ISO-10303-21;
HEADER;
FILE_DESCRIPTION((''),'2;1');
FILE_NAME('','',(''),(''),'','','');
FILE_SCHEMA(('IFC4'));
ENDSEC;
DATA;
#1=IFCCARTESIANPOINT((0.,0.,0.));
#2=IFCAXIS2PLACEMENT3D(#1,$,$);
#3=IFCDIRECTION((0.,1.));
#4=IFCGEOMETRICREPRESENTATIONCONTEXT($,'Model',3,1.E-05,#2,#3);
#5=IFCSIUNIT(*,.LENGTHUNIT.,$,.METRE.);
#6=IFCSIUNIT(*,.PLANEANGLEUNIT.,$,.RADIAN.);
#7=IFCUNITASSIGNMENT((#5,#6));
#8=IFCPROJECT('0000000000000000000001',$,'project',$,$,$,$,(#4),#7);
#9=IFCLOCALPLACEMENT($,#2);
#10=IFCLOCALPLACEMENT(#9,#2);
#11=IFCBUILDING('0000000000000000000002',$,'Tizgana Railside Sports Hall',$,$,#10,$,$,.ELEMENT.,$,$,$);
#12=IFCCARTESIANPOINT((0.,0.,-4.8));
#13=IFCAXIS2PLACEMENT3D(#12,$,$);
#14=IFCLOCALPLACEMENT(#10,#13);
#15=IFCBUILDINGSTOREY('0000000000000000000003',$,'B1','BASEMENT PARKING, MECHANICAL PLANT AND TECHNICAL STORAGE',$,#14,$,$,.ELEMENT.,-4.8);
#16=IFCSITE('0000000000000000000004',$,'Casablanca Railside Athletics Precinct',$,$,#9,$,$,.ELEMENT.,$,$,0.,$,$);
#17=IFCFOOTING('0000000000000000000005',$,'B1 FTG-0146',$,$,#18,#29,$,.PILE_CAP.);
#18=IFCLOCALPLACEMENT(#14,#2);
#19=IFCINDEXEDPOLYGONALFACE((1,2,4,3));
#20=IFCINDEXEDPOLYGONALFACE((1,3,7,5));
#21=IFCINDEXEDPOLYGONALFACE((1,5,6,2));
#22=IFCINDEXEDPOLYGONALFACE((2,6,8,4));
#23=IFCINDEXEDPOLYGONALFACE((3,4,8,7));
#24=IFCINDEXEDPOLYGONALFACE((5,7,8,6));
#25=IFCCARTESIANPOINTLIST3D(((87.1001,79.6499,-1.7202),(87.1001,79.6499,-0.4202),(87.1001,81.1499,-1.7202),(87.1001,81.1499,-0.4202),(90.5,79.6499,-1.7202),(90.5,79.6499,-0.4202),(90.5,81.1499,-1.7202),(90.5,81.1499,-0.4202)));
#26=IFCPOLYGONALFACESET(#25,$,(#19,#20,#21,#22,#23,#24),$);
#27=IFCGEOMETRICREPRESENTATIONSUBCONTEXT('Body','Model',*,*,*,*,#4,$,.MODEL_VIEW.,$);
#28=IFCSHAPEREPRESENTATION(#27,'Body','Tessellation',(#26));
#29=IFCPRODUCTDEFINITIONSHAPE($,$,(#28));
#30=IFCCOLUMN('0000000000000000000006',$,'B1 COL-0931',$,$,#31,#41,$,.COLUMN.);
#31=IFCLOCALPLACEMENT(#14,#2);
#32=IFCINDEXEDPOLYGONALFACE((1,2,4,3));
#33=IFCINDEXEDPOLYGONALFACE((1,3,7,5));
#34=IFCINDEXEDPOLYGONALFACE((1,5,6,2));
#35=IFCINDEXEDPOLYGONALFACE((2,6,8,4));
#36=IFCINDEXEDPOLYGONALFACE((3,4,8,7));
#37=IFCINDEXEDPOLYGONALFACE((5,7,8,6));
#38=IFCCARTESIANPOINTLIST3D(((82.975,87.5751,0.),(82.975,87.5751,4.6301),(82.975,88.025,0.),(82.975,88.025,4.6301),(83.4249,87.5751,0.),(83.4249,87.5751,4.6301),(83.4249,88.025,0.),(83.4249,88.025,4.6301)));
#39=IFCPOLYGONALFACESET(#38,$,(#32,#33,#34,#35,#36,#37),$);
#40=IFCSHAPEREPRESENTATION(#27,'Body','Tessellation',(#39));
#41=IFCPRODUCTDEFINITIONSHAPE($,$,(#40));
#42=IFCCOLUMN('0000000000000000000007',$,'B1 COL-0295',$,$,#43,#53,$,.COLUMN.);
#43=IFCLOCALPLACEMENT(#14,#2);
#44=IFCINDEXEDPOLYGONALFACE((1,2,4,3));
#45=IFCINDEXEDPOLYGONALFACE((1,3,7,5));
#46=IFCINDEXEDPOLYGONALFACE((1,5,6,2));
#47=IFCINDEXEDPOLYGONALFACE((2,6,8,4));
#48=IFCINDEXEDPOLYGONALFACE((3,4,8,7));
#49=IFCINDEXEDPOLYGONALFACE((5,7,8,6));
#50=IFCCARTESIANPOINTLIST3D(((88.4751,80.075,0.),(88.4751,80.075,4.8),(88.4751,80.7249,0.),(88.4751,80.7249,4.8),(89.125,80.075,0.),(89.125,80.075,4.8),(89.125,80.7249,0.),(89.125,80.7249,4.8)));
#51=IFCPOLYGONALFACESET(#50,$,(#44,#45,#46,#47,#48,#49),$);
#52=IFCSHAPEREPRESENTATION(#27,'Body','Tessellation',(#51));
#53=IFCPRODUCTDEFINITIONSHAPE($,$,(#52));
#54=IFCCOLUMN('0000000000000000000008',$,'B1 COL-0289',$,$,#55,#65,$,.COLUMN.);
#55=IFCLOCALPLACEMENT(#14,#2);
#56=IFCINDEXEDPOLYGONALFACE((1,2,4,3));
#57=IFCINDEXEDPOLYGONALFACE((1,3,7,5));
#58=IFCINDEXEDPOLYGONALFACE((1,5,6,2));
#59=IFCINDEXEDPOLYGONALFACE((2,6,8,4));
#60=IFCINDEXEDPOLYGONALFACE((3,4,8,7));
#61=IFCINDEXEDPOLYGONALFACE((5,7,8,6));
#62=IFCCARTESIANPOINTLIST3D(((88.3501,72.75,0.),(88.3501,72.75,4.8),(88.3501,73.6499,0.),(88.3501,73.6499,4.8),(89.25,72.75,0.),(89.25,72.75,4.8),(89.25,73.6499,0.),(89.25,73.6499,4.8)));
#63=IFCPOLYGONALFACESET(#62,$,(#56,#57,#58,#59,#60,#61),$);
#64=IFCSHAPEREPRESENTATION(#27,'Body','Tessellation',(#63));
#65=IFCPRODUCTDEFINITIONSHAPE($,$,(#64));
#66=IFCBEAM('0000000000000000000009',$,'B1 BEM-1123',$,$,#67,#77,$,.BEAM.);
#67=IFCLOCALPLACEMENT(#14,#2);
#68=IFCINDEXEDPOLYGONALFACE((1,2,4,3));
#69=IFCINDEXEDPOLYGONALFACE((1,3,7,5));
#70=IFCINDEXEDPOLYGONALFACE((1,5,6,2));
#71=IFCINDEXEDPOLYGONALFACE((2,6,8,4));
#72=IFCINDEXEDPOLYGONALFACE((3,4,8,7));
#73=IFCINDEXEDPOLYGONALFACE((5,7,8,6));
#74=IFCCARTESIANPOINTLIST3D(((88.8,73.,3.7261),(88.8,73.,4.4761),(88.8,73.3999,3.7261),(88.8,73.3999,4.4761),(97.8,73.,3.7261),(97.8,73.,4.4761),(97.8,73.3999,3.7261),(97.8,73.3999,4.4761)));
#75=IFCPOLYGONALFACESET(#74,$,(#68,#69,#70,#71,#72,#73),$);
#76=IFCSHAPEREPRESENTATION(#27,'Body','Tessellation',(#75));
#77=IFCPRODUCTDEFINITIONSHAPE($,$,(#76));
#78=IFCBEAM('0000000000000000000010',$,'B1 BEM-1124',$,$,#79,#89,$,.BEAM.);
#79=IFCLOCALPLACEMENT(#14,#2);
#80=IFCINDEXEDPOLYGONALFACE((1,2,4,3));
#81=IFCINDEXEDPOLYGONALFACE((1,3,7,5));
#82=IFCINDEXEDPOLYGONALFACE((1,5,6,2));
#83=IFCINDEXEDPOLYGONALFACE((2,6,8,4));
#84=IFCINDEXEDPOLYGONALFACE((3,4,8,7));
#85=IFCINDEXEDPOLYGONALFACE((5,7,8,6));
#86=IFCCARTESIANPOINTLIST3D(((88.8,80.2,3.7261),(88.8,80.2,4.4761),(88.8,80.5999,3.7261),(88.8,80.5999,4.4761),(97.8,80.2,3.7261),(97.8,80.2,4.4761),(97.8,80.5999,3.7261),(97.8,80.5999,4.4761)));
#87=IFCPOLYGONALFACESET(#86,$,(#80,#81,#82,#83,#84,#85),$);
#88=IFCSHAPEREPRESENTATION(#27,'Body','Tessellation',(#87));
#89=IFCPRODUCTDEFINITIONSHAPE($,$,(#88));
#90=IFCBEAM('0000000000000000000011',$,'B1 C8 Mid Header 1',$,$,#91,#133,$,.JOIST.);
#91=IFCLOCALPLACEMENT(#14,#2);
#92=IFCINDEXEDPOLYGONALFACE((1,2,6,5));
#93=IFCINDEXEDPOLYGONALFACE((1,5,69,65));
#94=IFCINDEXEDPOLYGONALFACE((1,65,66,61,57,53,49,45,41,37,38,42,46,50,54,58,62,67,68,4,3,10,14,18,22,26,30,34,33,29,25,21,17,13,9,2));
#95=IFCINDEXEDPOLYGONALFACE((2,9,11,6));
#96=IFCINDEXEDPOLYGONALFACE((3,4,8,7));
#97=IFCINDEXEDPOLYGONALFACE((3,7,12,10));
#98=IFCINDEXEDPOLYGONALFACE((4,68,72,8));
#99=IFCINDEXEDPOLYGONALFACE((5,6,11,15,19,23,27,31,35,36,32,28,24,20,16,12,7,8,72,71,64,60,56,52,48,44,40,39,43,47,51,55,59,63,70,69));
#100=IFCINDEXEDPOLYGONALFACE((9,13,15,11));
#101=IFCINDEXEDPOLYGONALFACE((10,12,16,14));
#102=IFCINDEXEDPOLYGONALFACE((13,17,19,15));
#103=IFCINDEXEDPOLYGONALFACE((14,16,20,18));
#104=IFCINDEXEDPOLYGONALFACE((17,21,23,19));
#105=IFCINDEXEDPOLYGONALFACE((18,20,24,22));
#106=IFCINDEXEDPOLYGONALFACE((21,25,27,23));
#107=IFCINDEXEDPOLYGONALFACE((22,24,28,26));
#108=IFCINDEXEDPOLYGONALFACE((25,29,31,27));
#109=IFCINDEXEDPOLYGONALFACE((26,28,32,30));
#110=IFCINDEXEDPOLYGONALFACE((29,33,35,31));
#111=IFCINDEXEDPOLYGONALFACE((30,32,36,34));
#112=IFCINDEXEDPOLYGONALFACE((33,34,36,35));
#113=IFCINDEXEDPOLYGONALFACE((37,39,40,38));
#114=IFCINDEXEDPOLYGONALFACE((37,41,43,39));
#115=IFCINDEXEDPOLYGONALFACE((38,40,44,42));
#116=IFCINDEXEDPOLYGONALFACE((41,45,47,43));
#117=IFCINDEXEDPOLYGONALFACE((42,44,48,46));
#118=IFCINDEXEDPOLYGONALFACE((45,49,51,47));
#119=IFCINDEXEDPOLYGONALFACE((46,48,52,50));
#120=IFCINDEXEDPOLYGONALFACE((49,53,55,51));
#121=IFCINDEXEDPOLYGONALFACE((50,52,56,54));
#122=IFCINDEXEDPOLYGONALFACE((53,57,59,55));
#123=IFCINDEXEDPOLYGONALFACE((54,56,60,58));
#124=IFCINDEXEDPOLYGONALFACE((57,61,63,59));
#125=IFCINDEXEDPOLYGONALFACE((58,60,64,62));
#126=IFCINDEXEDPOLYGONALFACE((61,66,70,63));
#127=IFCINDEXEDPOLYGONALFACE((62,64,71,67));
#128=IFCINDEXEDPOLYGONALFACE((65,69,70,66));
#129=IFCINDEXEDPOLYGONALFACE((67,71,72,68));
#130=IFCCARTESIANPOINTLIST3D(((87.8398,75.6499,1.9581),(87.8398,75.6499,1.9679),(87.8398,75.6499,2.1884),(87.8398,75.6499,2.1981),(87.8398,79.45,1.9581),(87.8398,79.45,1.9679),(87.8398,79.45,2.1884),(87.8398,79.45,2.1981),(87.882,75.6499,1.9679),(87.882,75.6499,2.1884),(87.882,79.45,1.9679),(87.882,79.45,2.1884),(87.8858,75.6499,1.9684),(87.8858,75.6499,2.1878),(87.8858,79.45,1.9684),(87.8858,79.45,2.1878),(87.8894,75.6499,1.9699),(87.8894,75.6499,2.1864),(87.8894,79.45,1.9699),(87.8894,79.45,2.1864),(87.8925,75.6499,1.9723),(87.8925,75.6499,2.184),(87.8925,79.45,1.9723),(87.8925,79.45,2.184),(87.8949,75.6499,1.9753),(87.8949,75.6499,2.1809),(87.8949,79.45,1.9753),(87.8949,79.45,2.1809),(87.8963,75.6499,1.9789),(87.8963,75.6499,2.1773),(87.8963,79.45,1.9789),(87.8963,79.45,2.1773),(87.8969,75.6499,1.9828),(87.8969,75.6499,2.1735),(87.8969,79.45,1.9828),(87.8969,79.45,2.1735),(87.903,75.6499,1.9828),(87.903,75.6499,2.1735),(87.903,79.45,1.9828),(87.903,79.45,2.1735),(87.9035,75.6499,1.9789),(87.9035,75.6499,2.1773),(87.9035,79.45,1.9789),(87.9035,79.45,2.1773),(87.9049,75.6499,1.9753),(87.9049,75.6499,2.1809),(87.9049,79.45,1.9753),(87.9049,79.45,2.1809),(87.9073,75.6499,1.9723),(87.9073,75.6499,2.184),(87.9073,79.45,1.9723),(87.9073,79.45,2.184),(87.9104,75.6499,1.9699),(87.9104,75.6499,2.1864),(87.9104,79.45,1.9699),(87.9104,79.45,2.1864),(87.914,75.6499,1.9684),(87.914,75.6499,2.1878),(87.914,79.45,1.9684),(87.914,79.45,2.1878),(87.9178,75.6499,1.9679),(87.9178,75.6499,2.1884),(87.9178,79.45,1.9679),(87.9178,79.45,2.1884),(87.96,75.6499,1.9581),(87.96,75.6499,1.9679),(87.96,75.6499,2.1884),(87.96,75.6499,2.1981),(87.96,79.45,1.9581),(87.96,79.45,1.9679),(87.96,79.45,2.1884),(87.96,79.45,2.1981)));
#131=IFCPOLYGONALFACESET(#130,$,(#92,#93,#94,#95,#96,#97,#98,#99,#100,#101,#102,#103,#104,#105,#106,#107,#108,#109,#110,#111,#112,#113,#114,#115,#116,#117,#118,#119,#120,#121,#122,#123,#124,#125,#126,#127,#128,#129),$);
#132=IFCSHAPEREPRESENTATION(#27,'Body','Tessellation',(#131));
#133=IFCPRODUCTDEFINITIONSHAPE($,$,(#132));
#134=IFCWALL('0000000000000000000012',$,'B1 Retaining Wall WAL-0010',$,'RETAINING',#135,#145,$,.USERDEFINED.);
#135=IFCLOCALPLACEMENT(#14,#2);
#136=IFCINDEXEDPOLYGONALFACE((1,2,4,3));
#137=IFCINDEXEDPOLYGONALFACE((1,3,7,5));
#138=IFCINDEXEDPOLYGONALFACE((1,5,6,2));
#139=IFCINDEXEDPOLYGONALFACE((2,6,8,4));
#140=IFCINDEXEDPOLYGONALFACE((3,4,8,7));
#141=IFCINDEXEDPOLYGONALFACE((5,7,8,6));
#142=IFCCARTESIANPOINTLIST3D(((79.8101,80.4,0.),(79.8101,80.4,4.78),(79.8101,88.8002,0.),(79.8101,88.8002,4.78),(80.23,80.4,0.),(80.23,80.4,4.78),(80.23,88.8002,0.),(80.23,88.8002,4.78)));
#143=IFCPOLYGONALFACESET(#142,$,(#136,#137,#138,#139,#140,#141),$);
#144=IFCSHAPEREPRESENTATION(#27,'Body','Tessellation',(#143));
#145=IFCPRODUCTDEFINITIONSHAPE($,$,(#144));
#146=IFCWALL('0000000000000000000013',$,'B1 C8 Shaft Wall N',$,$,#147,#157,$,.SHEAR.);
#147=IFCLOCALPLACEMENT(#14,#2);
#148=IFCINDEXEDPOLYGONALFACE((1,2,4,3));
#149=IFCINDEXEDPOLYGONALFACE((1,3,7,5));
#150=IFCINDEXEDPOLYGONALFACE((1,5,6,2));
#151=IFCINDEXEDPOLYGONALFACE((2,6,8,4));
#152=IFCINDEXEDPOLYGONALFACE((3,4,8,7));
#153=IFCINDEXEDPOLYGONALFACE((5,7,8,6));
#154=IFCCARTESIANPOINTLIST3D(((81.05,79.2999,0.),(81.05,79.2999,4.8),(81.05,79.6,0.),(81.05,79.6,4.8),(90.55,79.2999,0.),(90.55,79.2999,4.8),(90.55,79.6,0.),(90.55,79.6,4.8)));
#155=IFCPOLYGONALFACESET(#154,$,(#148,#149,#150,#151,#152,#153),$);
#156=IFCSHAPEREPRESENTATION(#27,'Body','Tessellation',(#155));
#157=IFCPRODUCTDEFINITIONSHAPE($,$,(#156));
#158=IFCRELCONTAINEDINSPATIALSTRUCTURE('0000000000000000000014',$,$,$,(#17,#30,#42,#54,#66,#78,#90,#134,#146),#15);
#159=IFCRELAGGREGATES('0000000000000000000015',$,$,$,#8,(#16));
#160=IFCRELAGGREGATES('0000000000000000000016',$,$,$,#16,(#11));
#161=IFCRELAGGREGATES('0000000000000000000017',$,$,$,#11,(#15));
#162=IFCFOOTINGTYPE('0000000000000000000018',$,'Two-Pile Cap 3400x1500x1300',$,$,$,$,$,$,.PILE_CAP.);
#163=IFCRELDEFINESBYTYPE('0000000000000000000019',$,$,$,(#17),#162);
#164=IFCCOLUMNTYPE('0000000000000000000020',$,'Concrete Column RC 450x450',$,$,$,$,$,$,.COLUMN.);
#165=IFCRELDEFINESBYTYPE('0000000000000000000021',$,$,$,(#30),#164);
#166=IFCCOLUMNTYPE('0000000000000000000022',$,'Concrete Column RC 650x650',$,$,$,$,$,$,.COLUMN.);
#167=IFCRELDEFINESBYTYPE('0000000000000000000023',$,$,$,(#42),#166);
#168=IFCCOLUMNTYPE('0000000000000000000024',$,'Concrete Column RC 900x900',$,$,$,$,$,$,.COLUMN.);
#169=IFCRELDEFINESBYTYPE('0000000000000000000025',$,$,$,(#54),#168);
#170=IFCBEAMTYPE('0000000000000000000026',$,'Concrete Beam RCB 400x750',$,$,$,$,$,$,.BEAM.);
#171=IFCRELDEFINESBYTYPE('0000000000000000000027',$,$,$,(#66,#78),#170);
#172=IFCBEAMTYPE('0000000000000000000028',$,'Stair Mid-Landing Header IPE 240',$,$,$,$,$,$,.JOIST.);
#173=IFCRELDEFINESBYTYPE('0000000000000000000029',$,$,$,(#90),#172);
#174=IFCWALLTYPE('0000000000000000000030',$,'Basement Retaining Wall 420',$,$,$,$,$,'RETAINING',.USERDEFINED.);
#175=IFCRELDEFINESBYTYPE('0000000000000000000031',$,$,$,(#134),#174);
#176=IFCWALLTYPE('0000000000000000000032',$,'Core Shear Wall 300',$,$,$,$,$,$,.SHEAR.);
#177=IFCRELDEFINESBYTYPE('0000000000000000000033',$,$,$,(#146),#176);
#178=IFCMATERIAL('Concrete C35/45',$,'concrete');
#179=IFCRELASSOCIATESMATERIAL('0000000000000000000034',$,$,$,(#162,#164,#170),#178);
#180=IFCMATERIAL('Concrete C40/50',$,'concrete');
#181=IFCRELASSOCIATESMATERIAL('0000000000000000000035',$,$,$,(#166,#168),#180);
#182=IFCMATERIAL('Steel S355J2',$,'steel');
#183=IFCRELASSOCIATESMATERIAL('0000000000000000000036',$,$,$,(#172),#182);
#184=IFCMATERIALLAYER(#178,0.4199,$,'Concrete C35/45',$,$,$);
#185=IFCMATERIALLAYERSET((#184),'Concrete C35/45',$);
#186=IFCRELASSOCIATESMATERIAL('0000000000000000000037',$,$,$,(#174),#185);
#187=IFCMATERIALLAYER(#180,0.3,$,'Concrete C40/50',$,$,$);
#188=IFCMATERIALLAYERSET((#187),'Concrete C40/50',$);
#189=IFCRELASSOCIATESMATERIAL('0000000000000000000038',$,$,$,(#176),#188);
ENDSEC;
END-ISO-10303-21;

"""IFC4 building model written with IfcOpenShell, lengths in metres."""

from ifc_helpers import new_model, si_unit, direction, frame, frame_2d, origin, origin_2d, place, context, subcontext, project, spatial, rectangle, i_section, extrude, material, layer, layer_set, material_profile, profile_set, type_object, element, save


model = new_model("IFC4")

# Units and contexts
model_context = context("Model", 3, precision=1e-05, world=origin(), true_north=direction((0.0, 1.0)))
body_context = subcontext(model_context, "Body", "Model", "MODEL_VIEW")
ifc_project = project(units=[si_unit("LENGTHUNIT", "METRE"), si_unit("PLANEANGLEUNIT", "RADIAN")], contexts=[model_context])

# Site, building, storey
site_placement = place(None, origin())
site = spatial("IfcSite", under=ifc_project, at=site_placement, Name="Casablanca Railside Athletics Precinct", CompositionType="ELEMENT", RefElevation=0.0)
building_placement = place(site_placement, origin())
building = spatial("IfcBuilding", under=site, at=building_placement, Name="Tizgana Railside Sports Hall", CompositionType="ELEMENT")
storey_placement = place(building_placement, frame((0.0, 0.0, -4.8)))
storey = spatial("IfcBuildingStorey", under=building, at=storey_placement, Name="B1", Description="BASEMENT PARKING, MECHANICAL PLANT AND TECHNICAL STORAGE", CompositionType="ELEMENT", Elevation=-4.8)

# Shared definitions
ifc_material_1 = material(Name="Concrete C35/45", Category="concrete")

# Footing
footing_type_1 = type_object("IfcFootingType", Name="Two-Pile Cap 3400x1500x1300", PredefinedType="PILE_CAP", material=ifc_material_1)
footing_1_placement = place(storey_placement, frame((88.8, 80.3999, -1.7202), z_axis=(0.0, 0.0, 1.0), x_axis=(1.0, 0.0, 0.0)))
element("IfcFooting", 1, at=footing_1_placement, inside=storey, type_object=footing_type_1, Name="B1 FTG-0146", PredefinedType="PILE_CAP", context=body_context, shape_type="SweptSolid", body=[
    extrude(rectangle(XDim=3.3999, YDim=1.5, at=origin_2d()), origin(), (0.0, 0.0, 1.0), 1.3),
])

# Columns
ifc_material_profile_1 = material_profile(ifc_material_1, rectangle(XDim=0.45, YDim=0.45, at=origin_2d()), Name="RC 450x450")
ifc_profile_set_1 = profile_set([ifc_material_profile_1], Name="Concrete C35/45")
column_type_1 = type_object("IfcColumnType", Name="Concrete Column RC 450x450", PredefinedType="COLUMN", material=ifc_profile_set_1)
column_1_placement = place(storey_placement, frame((83.2, 87.8, 0.0), z_axis=(0.0, 0.0, 1.0), x_axis=(1.0, 0.0, 0.0)))
element("IfcColumn", 2, at=column_1_placement, inside=storey, type_object=column_type_1, Name="B1 COL-0931", PredefinedType="COLUMN", context=body_context, shape_type="SweptSolid", body=[
    extrude(rectangle(XDim=0.45, YDim=0.45, at=origin_2d()), origin(), (0.0, 0.0, 1.0), 4.6301),
])
ifc_material_2 = material(Name="Concrete C40/50", Category="concrete")
ifc_material_profile_2 = material_profile(ifc_material_2, rectangle(XDim=0.6499, YDim=0.6499, at=origin_2d()), Name="RC 650x650")
ifc_profile_set_2 = profile_set([ifc_material_profile_2], Name="Concrete C40/50")
column_type_2 = type_object("IfcColumnType", Name="Concrete Column RC 650x650", PredefinedType="COLUMN", material=ifc_profile_set_2)
column_2_placement = place(storey_placement, frame((88.8, 80.3999, 0.0), z_axis=(0.0, 0.0, 1.0), x_axis=(1.0, 0.0, 0.0)))
element("IfcColumn", 3, at=column_2_placement, inside=storey, type_object=column_type_2, Name="B1 COL-0295", PredefinedType="COLUMN", context=body_context, shape_type="SweptSolid", body=[
    extrude(rectangle(XDim=0.6499, YDim=0.6499, at=origin_2d()), origin(), (0.0, 0.0, 1.0), 4.8),
])
ifc_material_profile_3 = material_profile(ifc_material_2, rectangle(XDim=0.8999, YDim=0.8999, at=origin_2d()), Name="RC 900x900")
ifc_profile_set_3 = profile_set([ifc_material_profile_3], Name="Concrete C40/50")
column_type_3 = type_object("IfcColumnType", Name="Concrete Column RC 900x900", PredefinedType="COLUMN", material=ifc_profile_set_3)
column_3_placement = place(storey_placement, frame((88.8, 73.2, 0.0), z_axis=(0.0, 0.0, 1.0), x_axis=(1.0, 0.0, 0.0)))
element("IfcColumn", 4, at=column_3_placement, inside=storey, type_object=column_type_3, Name="B1 COL-0289", PredefinedType="COLUMN", context=body_context, shape_type="SweptSolid", body=[
    extrude(rectangle(XDim=0.8999, YDim=0.8999, at=origin_2d()), origin(), (0.0, 0.0, 1.0), 4.8),
])

# Beams
ifc_material_profile_4 = material_profile(ifc_material_1, rectangle(XDim=0.3999, YDim=0.75, at=origin_2d()), Name="RCB 400x750")
ifc_profile_set_4 = profile_set([ifc_material_profile_4], Name="Concrete C35/45")
beam_type_1 = type_object("IfcBeamType", Name="Concrete Beam RCB 400x750", PredefinedType="BEAM", material=ifc_profile_set_4)
for number, where, z_axis, x_axis, name in (
    (5, (88.8, 73.2, 4.1011), (1.0, 0.0, 0.0), (0.0, 1.0, 0.0), "B1 BEM-1123"),
    (6, (88.8, 80.3999, 4.1011), (1.0, 0.0, 0.0), (0.0, 1.0, 0.0), "B1 BEM-1124"),
):
    element("IfcBeam", number, at=place(storey_placement, frame(where, z_axis=z_axis, x_axis=x_axis)), inside=storey, type_object=beam_type_1, Name=name, PredefinedType="BEAM", context=body_context, shape_type="SweptSolid", body=[
        extrude(rectangle(XDim=0.3999, YDim=0.75, at=origin_2d()), origin(), (0.0, 0.0, 1.0), 9.0),
    ])
ifc_material_3 = material(Name="Steel S355J2", Category="steel")
ifc_material_profile_5 = material_profile(ifc_material_3, i_section(OverallWidth=0.1201, OverallDepth=0.24, WebThickness=0.0061, FlangeThickness=0.0098, FilletRadius=0.0149, at=origin_2d()), Name="IPE 240")
ifc_profile_set_5 = profile_set([ifc_material_profile_5], Name="Steel S355J2")
beam_type_2 = type_object("IfcBeamType", Name="Stair Mid-Landing Header IPE 240", PredefinedType="JOIST", material=ifc_profile_set_5)
beam_placement = place(storey_placement, frame((87.8999, 75.6499, 2.0781), z_axis=(0.0, 1.0, 0.0), x_axis=(-1.0, 0.0, 0.0)))
element("IfcBeam", 7, at=beam_placement, inside=storey, type_object=beam_type_2, Name="B1 C8 Mid Header 1", PredefinedType="JOIST", context=body_context, shape_type="SweptSolid", body=[
    extrude(i_section(OverallWidth=0.1201, OverallDepth=0.24, WebThickness=0.0061, FlangeThickness=0.0098, FilletRadius=0.0149, at=origin_2d()), origin(), (0.0, 0.0, 1.0), 3.8),
])

# Walls
ifc_layer_1 = layer(ifc_material_1, 0.4199, Name="Concrete C35/45")
ifc_layer_set_1 = layer_set([ifc_layer_1], Name="Concrete C35/45")
wall_type_1 = type_object("IfcWallType", Name="Basement Retaining Wall 420", ElementType="RETAINING", PredefinedType="USERDEFINED", material=ifc_layer_set_1)
wall_1_placement = place(storey_placement, frame((80.02, 80.3999, 0.0), z_axis=(0.0, 0.0, 1.0), x_axis=(0.0, 1.0, 0.0)))
element("IfcWall", 8, at=wall_1_placement, inside=storey, type_object=wall_type_1, Name="B1 Retaining Wall WAL-0010", ObjectType="RETAINING", PredefinedType="USERDEFINED", context=body_context, shape_type="SweptSolid", body=[
    extrude(rectangle(XDim=8.4001, YDim=0.4199, at=frame_2d((4.2002, 0.0))), origin(), (0.0, 0.0, 1.0), 4.78),
])
ifc_layer_2 = layer(ifc_material_2, 0.3, Name="Concrete C40/50")
ifc_layer_set_2 = layer_set([ifc_layer_2], Name="Concrete C40/50")
wall_type_2 = type_object("IfcWallType", Name="Core Shear Wall 300", PredefinedType="SHEAR", material=ifc_layer_set_2)
wall_2_placement = place(storey_placement, frame((81.05, 79.45, 0.0), z_axis=(0.0, 0.0, 1.0), x_axis=(1.0, 0.0, 0.0)))
element("IfcWall", 9, at=wall_2_placement, inside=storey, type_object=wall_type_2, Name="B1 C8 Shaft Wall N", PredefinedType="SHEAR", context=body_context, shape_type="SweptSolid", body=[
    extrude(rectangle(XDim=9.5, YDim=0.3, at=frame_2d((4.75, 0.0))), origin(), (0.0, 0.0, 1.0), 4.8),
])

save(model, "model.ifc")
